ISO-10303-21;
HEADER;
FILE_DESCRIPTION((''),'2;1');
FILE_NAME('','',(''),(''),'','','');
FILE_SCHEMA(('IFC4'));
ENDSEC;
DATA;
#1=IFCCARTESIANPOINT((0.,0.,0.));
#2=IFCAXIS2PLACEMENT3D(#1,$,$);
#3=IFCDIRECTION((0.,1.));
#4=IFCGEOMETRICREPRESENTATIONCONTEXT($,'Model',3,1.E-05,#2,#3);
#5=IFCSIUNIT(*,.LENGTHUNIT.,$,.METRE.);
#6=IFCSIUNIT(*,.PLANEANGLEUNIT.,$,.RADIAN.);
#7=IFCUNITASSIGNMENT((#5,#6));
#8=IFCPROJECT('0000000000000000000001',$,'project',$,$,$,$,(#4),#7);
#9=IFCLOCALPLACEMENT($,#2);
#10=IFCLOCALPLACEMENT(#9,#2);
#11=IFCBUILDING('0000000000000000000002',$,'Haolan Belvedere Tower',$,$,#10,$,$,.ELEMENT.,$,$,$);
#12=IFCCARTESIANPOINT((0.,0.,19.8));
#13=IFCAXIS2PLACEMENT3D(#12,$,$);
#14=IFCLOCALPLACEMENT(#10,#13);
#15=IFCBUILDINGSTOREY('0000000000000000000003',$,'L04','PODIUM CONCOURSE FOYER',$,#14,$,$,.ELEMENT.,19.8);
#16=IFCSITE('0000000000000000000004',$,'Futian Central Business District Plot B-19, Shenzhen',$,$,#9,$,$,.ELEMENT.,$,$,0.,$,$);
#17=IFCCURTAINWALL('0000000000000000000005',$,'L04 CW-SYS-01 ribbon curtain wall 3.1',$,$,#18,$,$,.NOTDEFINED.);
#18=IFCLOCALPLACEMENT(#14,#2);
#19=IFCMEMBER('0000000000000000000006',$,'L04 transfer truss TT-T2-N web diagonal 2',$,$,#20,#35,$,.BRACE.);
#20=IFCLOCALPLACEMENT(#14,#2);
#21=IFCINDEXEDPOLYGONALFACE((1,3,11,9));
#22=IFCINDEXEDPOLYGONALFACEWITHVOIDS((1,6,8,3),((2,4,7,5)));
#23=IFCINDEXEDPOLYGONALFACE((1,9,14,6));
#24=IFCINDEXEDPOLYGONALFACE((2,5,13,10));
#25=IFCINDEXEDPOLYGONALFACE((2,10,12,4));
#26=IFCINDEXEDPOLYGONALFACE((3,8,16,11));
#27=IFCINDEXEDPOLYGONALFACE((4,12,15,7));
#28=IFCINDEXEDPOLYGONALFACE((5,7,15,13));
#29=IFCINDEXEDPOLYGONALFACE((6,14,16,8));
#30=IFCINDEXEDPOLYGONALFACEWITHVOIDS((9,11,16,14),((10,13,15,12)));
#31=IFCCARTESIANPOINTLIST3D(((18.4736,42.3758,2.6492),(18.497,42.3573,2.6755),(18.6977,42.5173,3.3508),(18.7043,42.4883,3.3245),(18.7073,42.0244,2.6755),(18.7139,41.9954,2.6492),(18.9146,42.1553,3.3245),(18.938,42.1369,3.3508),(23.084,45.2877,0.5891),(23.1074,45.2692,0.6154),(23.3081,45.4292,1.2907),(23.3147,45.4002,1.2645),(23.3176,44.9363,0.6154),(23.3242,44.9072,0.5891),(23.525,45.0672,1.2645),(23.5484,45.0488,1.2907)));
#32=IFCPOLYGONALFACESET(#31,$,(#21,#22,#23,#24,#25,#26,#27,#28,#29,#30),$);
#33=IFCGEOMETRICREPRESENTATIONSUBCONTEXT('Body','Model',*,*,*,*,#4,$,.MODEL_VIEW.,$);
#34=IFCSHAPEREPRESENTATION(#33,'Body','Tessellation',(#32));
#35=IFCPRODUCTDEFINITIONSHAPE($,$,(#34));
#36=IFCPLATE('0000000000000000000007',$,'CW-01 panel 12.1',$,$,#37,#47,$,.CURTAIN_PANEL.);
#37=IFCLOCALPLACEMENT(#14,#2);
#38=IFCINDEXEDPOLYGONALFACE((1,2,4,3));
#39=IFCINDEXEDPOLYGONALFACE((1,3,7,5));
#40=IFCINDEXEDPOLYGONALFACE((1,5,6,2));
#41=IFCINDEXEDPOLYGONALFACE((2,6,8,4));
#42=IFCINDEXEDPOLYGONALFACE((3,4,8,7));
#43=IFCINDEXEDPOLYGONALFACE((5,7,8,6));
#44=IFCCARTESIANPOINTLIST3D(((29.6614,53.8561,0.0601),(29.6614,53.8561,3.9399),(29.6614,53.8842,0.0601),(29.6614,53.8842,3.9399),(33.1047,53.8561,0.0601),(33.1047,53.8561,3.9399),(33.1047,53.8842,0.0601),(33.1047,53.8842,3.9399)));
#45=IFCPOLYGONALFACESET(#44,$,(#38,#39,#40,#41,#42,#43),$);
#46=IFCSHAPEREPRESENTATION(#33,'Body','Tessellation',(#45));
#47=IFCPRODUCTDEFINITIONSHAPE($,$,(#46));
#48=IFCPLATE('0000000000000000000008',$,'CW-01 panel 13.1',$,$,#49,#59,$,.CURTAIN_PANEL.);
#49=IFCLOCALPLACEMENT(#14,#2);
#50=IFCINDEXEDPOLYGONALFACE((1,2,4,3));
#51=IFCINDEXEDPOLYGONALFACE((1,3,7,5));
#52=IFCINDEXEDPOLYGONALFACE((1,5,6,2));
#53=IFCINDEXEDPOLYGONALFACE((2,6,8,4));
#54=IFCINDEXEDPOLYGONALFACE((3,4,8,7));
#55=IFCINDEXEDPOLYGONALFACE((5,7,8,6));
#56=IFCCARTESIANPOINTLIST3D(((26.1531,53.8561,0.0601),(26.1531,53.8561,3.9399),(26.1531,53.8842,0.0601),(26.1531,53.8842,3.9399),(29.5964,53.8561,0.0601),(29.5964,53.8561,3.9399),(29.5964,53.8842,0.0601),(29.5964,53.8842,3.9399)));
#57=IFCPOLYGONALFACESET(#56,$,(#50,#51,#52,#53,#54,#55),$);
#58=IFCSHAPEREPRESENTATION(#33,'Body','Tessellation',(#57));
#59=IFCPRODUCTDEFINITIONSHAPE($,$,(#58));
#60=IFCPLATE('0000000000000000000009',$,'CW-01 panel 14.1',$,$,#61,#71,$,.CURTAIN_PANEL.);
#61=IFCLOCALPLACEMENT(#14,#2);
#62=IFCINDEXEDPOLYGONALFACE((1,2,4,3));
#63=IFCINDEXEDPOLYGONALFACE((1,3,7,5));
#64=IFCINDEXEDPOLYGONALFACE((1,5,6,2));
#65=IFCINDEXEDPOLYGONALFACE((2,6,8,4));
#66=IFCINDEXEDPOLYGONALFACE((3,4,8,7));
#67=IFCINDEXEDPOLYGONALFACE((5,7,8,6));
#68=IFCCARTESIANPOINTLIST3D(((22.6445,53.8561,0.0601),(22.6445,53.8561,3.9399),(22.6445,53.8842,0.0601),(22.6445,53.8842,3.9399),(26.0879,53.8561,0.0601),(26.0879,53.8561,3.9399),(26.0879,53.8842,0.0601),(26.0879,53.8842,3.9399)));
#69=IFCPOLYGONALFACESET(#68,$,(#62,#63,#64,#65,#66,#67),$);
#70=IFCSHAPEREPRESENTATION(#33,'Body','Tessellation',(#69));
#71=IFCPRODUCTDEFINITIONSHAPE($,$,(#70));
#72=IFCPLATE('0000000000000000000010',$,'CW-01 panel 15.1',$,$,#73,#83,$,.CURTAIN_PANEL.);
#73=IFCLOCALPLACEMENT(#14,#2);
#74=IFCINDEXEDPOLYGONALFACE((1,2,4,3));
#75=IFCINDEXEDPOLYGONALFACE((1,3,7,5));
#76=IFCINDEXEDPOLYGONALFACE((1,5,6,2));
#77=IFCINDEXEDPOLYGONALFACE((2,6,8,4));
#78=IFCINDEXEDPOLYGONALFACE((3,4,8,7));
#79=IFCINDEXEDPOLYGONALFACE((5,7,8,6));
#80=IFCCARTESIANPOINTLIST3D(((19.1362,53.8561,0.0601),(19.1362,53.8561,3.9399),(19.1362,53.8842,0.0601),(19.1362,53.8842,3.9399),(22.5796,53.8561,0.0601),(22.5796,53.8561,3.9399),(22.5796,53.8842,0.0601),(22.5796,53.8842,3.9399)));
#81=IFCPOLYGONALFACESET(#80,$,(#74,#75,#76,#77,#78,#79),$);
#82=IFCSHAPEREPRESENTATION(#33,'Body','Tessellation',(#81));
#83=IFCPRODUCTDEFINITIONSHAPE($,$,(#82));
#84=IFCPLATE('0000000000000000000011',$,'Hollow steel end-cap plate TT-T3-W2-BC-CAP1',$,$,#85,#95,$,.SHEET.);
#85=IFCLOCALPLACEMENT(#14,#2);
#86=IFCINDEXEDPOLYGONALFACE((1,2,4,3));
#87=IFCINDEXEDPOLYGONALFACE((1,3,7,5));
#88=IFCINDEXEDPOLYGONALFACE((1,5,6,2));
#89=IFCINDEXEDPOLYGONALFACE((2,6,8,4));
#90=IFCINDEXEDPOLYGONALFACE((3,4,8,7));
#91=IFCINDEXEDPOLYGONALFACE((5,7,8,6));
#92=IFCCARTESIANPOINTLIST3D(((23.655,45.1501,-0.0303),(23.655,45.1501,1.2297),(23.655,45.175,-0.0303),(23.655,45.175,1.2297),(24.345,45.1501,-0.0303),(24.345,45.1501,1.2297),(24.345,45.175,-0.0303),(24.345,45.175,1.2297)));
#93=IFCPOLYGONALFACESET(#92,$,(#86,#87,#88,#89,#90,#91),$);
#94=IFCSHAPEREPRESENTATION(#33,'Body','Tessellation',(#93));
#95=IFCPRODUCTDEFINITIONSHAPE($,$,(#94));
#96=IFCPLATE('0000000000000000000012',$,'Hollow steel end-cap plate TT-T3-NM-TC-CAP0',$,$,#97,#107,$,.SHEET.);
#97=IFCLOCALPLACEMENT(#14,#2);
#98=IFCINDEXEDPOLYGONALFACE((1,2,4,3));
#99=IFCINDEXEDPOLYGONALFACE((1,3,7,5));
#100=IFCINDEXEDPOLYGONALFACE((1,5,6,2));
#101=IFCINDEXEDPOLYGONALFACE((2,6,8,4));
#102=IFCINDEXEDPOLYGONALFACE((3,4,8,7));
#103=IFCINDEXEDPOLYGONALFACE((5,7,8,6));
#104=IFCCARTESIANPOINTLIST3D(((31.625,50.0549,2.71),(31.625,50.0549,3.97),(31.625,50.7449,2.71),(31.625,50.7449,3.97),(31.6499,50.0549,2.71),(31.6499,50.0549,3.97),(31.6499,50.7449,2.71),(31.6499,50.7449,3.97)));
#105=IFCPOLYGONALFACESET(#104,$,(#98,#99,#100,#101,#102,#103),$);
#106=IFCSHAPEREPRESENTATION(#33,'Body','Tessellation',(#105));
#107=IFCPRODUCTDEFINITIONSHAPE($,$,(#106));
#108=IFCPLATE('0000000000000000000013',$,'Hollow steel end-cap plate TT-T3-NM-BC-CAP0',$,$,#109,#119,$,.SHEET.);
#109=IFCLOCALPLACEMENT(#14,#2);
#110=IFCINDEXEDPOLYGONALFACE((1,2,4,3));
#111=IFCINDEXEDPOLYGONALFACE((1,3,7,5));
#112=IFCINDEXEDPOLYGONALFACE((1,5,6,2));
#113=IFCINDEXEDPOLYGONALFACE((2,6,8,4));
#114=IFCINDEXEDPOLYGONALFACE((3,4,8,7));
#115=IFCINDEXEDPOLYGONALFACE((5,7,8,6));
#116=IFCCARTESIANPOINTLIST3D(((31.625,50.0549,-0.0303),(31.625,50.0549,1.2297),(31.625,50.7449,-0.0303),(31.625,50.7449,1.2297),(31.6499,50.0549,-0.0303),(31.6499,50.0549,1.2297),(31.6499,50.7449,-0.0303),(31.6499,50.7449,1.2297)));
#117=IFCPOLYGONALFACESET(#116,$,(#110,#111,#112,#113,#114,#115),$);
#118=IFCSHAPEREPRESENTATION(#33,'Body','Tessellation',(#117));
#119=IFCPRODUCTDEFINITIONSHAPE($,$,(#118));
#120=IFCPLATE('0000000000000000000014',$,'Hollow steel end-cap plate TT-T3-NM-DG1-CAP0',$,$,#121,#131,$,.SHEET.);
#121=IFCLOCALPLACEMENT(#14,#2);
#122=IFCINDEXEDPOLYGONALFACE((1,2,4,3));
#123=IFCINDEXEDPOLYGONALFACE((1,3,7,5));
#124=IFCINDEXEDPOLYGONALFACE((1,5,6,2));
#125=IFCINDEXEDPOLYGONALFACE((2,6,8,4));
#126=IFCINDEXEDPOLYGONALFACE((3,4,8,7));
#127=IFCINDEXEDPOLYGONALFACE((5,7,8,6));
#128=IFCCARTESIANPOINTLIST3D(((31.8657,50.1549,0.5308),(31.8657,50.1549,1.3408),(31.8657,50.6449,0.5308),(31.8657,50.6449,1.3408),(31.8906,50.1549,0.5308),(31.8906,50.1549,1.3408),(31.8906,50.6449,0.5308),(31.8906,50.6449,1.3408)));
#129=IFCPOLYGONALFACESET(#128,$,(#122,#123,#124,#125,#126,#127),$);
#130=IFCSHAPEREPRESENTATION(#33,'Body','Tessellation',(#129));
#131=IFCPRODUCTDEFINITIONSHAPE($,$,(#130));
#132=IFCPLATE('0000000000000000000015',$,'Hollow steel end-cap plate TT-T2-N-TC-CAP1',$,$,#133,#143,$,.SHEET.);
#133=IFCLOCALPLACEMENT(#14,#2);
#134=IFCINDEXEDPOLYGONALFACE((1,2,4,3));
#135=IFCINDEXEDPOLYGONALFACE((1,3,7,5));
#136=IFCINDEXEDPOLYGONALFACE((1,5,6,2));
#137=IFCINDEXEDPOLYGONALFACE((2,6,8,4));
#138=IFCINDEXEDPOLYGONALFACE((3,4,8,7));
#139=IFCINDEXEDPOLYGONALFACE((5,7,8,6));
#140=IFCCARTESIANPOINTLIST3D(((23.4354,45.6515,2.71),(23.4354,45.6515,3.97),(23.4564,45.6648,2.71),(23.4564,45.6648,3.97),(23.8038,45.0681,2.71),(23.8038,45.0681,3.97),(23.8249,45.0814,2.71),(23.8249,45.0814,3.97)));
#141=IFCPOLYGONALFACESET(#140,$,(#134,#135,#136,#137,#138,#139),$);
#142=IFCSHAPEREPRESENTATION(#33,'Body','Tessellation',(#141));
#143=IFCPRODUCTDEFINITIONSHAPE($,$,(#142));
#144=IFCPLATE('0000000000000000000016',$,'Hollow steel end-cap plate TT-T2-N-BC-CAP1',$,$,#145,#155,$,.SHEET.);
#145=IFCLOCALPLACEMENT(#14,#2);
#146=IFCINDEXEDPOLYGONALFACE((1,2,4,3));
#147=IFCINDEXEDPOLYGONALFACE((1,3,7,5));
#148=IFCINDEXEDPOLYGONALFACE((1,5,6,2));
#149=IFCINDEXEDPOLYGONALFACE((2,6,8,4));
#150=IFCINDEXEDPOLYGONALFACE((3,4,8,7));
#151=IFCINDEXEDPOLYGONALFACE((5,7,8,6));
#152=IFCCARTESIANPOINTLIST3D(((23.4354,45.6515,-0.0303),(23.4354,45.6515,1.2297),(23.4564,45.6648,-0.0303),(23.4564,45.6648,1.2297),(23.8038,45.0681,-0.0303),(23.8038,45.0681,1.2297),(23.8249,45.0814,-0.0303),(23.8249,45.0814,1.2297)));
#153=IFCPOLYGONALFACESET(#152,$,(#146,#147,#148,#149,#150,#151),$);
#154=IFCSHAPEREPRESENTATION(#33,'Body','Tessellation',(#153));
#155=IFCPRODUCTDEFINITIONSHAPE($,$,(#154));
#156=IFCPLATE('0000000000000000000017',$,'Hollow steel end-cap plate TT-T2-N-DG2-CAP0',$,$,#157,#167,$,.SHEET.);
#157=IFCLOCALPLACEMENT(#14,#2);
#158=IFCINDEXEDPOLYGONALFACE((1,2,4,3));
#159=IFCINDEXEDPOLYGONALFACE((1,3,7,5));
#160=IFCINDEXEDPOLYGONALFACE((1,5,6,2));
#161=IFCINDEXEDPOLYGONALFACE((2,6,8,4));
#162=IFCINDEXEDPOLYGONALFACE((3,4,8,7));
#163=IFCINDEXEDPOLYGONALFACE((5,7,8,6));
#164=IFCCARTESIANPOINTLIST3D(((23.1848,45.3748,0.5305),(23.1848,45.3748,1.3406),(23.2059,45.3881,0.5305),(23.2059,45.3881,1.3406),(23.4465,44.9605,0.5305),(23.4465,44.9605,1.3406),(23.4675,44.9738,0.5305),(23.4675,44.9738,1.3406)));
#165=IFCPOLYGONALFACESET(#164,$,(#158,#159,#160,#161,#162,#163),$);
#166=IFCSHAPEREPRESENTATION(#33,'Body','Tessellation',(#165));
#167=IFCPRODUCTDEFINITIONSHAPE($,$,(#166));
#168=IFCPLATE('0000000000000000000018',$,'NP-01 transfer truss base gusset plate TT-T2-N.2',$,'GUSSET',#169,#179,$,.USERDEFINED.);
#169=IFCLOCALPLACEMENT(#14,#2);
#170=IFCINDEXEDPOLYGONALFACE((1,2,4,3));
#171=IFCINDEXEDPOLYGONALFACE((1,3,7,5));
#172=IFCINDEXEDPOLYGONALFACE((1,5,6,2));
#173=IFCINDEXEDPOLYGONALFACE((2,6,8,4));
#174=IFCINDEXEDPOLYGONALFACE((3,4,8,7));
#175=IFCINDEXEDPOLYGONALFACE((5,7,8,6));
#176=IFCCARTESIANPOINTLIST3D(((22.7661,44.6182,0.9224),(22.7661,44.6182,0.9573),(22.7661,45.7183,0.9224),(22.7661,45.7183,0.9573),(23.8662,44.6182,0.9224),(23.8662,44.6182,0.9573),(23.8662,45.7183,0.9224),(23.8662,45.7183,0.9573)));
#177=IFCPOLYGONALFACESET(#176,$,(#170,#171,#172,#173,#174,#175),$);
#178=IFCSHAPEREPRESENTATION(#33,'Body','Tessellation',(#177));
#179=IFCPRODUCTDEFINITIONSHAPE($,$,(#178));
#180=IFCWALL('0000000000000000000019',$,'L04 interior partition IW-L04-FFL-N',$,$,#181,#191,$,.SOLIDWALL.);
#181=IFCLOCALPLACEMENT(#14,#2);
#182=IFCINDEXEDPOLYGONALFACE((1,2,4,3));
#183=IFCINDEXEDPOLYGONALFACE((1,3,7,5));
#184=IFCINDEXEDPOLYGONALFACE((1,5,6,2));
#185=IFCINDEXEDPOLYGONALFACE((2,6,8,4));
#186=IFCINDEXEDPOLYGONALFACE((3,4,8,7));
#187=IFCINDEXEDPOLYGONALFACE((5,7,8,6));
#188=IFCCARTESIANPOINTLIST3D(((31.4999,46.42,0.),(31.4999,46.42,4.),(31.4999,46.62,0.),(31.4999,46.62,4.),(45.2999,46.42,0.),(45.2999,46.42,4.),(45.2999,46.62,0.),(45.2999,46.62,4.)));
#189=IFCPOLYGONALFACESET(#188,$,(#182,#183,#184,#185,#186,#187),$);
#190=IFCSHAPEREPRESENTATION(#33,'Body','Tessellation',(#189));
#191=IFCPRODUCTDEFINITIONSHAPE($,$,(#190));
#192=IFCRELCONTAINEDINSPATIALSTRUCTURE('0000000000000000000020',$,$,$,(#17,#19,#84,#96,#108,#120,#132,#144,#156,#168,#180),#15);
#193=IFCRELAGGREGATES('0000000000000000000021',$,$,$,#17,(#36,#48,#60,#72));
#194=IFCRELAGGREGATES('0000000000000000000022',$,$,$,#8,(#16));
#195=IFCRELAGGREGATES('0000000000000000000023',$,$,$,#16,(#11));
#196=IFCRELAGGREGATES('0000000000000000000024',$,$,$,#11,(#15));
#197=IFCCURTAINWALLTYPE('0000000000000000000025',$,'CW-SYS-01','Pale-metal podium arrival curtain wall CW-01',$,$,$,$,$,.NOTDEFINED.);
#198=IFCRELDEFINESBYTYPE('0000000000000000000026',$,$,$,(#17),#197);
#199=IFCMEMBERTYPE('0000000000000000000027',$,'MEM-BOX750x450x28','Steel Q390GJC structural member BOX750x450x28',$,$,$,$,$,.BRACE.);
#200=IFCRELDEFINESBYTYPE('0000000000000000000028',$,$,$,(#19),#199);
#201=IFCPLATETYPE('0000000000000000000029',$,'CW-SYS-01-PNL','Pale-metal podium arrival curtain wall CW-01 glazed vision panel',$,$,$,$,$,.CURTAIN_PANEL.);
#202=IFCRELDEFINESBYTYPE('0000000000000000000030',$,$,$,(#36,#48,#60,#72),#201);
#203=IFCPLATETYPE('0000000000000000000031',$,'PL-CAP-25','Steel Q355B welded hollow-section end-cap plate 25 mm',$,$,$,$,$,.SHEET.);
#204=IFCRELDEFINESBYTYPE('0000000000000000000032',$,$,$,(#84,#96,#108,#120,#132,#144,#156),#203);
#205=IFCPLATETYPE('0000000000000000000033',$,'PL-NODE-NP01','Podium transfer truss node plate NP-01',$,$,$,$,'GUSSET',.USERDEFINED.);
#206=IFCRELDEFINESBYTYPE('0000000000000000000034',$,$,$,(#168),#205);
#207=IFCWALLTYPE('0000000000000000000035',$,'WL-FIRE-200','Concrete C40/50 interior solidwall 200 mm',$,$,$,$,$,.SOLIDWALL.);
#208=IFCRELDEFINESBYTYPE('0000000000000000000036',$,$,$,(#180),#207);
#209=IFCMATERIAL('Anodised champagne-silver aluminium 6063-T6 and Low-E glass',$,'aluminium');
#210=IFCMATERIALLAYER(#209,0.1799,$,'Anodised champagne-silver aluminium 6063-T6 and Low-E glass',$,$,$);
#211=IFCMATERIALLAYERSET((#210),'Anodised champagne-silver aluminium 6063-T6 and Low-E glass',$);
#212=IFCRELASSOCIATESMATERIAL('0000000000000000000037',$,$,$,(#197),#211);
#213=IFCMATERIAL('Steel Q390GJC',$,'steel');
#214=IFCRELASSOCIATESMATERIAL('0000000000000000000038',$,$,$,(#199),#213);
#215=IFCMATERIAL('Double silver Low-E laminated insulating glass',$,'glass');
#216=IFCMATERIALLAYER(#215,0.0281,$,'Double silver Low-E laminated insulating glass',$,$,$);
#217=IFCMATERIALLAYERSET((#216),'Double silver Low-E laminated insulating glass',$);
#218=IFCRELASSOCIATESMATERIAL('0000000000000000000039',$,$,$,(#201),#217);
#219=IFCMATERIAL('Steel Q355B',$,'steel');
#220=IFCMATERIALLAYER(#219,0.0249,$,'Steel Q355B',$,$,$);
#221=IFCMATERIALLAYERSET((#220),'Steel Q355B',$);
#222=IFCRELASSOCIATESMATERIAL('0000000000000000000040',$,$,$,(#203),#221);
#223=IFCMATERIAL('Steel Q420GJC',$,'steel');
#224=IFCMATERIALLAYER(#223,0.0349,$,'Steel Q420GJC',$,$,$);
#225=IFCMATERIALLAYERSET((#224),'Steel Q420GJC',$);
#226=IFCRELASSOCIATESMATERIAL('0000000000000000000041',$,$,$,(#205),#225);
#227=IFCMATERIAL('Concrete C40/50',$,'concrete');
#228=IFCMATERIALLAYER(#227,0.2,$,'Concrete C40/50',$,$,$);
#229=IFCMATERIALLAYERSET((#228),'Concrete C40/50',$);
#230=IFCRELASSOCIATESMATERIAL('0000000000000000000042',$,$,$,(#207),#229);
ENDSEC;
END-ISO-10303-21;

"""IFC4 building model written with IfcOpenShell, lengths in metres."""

from ifc_helpers import new_model, si_unit, direction, frame, frame_2d, origin, origin_2d, place, context, subcontext, project, spatial, rectangle, hollow_rectangle, extrude, material, layer, layer_set, material_profile, profile_set, type_object, element, aggregate, save


model = new_model("IFC4")

# Units and contexts
model_context = context("Model", 3, precision=1e-05, world=origin(), true_north=direction((0.0, 1.0)))
body_context = subcontext(model_context, "Body", "Model", "MODEL_VIEW")
ifc_project = project(units=[si_unit("LENGTHUNIT", "METRE"), si_unit("PLANEANGLEUNIT", "RADIAN")], contexts=[model_context])

# Site, building, storey
site_placement = place(None, origin())
site = spatial("IfcSite", under=ifc_project, at=site_placement, Name="Futian Central Business District Plot B-19, Shenzhen", CompositionType="ELEMENT", RefElevation=0.0)
building_placement = place(site_placement, origin())
building = spatial("IfcBuilding", under=site, at=building_placement, Name="Haolan Belvedere Tower", CompositionType="ELEMENT")
storey_placement = place(building_placement, frame((0.0, 0.0, 19.8)))
storey = spatial("IfcBuildingStorey", under=building, at=storey_placement, Name="L04", Description="PODIUM CONCOURSE FOYER", CompositionType="ELEMENT", Elevation=19.8)

# Shared definitions
ifc_material_1 = material(Name="Steel Q355B", Category="steel")

# Shared definitions
ifc_material_2 = material(Name="Steel Q420GJC", Category="steel")

# Curtain wall
ifc_material_3 = material(Name="Anodised champagne-silver aluminium 6063-T6 and Low-E glass", Category="aluminium")
ifc_layer_1 = layer(ifc_material_3, 0.1799, Name="Anodised champagne-silver aluminium 6063-T6 and Low-E glass")
ifc_layer_set_1 = layer_set([ifc_layer_1], Name="Anodised champagne-silver aluminium 6063-T6 and Low-E glass")
curtain_wall_type = type_object("IfcCurtainWallType", Name="CW-SYS-01", Description="Pale-metal podium arrival curtain wall CW-01", PredefinedType="NOTDEFINED", material=ifc_layer_set_1)
curtain_wall_placement = place(storey_placement, origin())
curtain_wall = element("IfcCurtainWall", 1, at=curtain_wall_placement, inside=storey, type_object=curtain_wall_type, Name="L04 CW-SYS-01 ribbon curtain wall 3.1", PredefinedType="NOTDEFINED")

# Member
ifc_material_4 = material(Name="Steel Q390GJC", Category="steel")
ifc_material_profile_1 = material_profile(ifc_material_4, hollow_rectangle(XDim=0.45, YDim=0.75, WallThickness=0.0281, at=origin_2d()), Name="Steel Q390GJC")
ifc_profile_set_1 = profile_set([ifc_material_profile_1], Name="Steel Q390GJC")
member_type_1 = type_object("IfcMemberType", Name="MEM-BOX750x450x28", Description="Steel Q390GJC structural member BOX750x450x28", PredefinedType="BRACE", material=ifc_profile_set_1)
member_1_placement = place(storey_placement, frame((23.3162, 45.1682, 0.9399), z_axis=(-0.790923, -0.499541, 0.353411), x_axis=(0.534001, -0.845484, 0.0)))
element("IfcMember", 2, at=member_1_placement, inside=storey, type_object=member_type_1, Name="L04 transfer truss TT-T2-N web diagonal 2", PredefinedType="BRACE", context=body_context, shape_type="SweptSolid", body=[
    extrude(hollow_rectangle(XDim=0.45, YDim=0.75, WallThickness=0.0281, at=origin_2d()), origin(), (0.0, 0.0, 1.0), 5.8291),
])

# Plates
ifc_material_5 = material(Name="Double silver Low-E laminated insulating glass", Category="glass")
ifc_layer_2 = layer(ifc_material_5, 0.0281, Name="Double silver Low-E laminated insulating glass")
ifc_layer_set_2 = layer_set([ifc_layer_2], Name="Double silver Low-E laminated insulating glass")
plate_type_1 = type_object("IfcPlateType", Name="CW-SYS-01-PNL", Description="Pale-metal podium arrival curtain wall CW-01 glazed vision panel", PredefinedType="CURTAIN_PANEL", material=ifc_layer_set_2)
plate_1_placement = place(storey_placement, frame((31.3831, 53.8701, 0.0601), z_axis=(0.0, 0.0, 1.0), x_axis=(-1.0, 0.0, 0.0)))
plate_1 = element("IfcPlate", 3, at=plate_1_placement, type_object=plate_type_1, Name="CW-01 panel 12.1", PredefinedType="CURTAIN_PANEL", context=body_context, shape_type="SweptSolid", body=[
    extrude(rectangle(XDim=3.4434, YDim=0.0281, at=origin_2d()), origin(), (0.0, 0.0, 1.0), 3.8799),
])
plate_2_placement = place(storey_placement, frame((27.8748, 53.8701, 0.0601), z_axis=(0.0, 0.0, 1.0), x_axis=(-1.0, 0.0, 0.0)))
plate_2 = element("IfcPlate", 4, at=plate_2_placement, type_object=plate_type_1, Name="CW-01 panel 13.1", PredefinedType="CURTAIN_PANEL", context=body_context, shape_type="SweptSolid", body=[
    extrude(rectangle(XDim=3.4434, YDim=0.0281, at=origin_2d()), origin(), (0.0, 0.0, 1.0), 3.8799),
])
plate_3_placement = place(storey_placement, frame((24.3662, 53.8701, 0.0601), z_axis=(0.0, 0.0, 1.0), x_axis=(-1.0, 0.0, 0.0)))
plate_3 = element("IfcPlate", 5, at=plate_3_placement, type_object=plate_type_1, Name="CW-01 panel 14.1", PredefinedType="CURTAIN_PANEL", context=body_context, shape_type="SweptSolid", body=[
    extrude(rectangle(XDim=3.4434, YDim=0.0281, at=origin_2d()), origin(), (0.0, 0.0, 1.0), 3.8799),
])
plate_4_placement = place(storey_placement, frame((20.8579, 53.8701, 0.0601), z_axis=(0.0, 0.0, 1.0), x_axis=(-1.0, 0.0, 0.0)))
plate_4 = element("IfcPlate", 6, at=plate_4_placement, type_object=plate_type_1, Name="CW-01 panel 15.1", PredefinedType="CURTAIN_PANEL", context=body_context, shape_type="SweptSolid", body=[
    extrude(rectangle(XDim=3.4434, YDim=0.0281, at=origin_2d()), origin(), (0.0, 0.0, 1.0), 3.8799),
])
aggregate(curtain_wall, [plate_1, plate_2, plate_3, plate_4])

# Plates
ifc_layer_3 = layer(ifc_material_1, 0.0249, Name="Steel Q355B")
ifc_layer_set_3 = layer_set([ifc_layer_3], Name="Steel Q355B")
plate_type_2 = type_object("IfcPlateType", Name="PL-CAP-25", Description="Steel Q355B welded hollow-section end-cap plate 25 mm", PredefinedType="SHEET", material=ifc_layer_set_3)
for number, where, z_axis, x_axis, name in (
    (7, (24.0, 45.1626, -0.0303), (0.0, 0.0, 1.0), (-1.0, 0.0, 0.0), "Hollow steel end-cap plate TT-T3-W2-BC-CAP1"),
    (8, (31.6375, 50.3999, 2.71), (0.0, 0.0, 1.0), (0.0, -1.0, 0.0), "Hollow steel end-cap plate TT-T3-NM-TC-CAP0"),
    (9, (31.6375, 50.3999, -0.0303), (0.0, 0.0, 1.0), (0.0, -1.0, 0.0), "Hollow steel end-cap plate TT-T3-NM-BC-CAP0"),
):
    element("IfcPlate", number, at=place(storey_placement, frame(where, z_axis=z_axis, x_axis=x_axis)), inside=storey, type_object=plate_type_2, Name=name, PredefinedType="SHEET", context=body_context, shape_type="SweptSolid", body=[
        extrude(rectangle(XDim=0.6899, YDim=0.0249, at=origin_2d()), origin(), (0.0, 0.0, 1.0), 1.26),
    ])
plate_5_placement = place(storey_placement, frame((31.8782, 50.3999, 0.5308), z_axis=(0.0, 0.0, 1.0), x_axis=(0.0, -1.0, 0.0)))
element("IfcPlate", 10, at=plate_5_placement, inside=storey, type_object=plate_type_2, Name="Hollow steel end-cap plate TT-T3-NM-DG1-CAP0", PredefinedType="SHEET", context=body_context, shape_type="SweptSolid", body=[
    extrude(rectangle(XDim=0.49, YDim=0.0249, at=origin_2d()), origin(), (0.0, 0.0, 1.0), 0.8101),
])
for number, where, z_axis, x_axis, name in (
    (11, (23.6301, 45.3665, 2.71), (0.0, 0.0, 1.0), (-0.533998, 0.845486, 0.0), "Hollow steel end-cap plate TT-T2-N-TC-CAP1"),
    (12, (23.6301, 45.3665, -0.0303), (0.0, 0.0, 1.0), (-0.533998, 0.845486, 0.0), "Hollow steel end-cap plate TT-T2-N-BC-CAP1"),
):
    element("IfcPlate", number, at=place(storey_placement, frame(where, z_axis=z_axis, x_axis=x_axis)), inside=storey, type_object=plate_type_2, Name=name, PredefinedType="SHEET", context=body_context, shape_type="SweptSolid", body=[
        extrude(rectangle(XDim=0.6899, YDim=0.0249, at=origin_2d()), origin(), (0.0, 0.0, 1.0), 1.26),
    ])
plate_6_placement = place(storey_placement, frame((23.3262, 45.1743, 0.5305), z_axis=(0.0, 0.0, 1.0), x_axis=(-0.533983, 0.845495, 0.0)))
element("IfcPlate", 13, at=plate_6_placement, inside=storey, type_object=plate_type_2, Name="Hollow steel end-cap plate TT-T2-N-DG2-CAP0", PredefinedType="SHEET", context=body_context, shape_type="SweptSolid", body=[
    extrude(rectangle(XDim=0.49, YDim=0.0249, at=origin_2d()), origin(), (0.0, 0.0, 1.0), 0.8101),
])
ifc_layer_4 = layer(ifc_material_2, 0.0349, Name="Steel Q420GJC")
ifc_layer_set_4 = layer_set([ifc_layer_4], Name="Steel Q420GJC")
plate_type_3 = type_object("IfcPlateType", Name="PL-NODE-NP01", Description="Podium transfer truss node plate NP-01", ElementType="GUSSET", PredefinedType="USERDEFINED", material=ifc_layer_set_4)
plate_7_placement = place(storey_placement, frame((23.3162, 45.1682, 0.9224), z_axis=(0.0, 0.0, 1.0), x_axis=(1.0, 0.0, 0.0)))
element("IfcPlate", 14, at=plate_7_placement, inside=storey, type_object=plate_type_3, Name="NP-01 transfer truss base gusset plate TT-T2-N.2", ObjectType="GUSSET", PredefinedType="USERDEFINED", context=body_context, shape_type="SweptSolid", body=[
    extrude(rectangle(XDim=1.1001, YDim=1.1001, at=origin_2d()), origin(), (0.0, 0.0, 1.0), 0.0349),
])

# Wall
ifc_material_6 = material(Name="Concrete C40/50", Category="concrete")
ifc_layer_5 = layer(ifc_material_6, 0.2, Name="Concrete C40/50")
ifc_layer_set_5 = layer_set([ifc_layer_5], Name="Concrete C40/50")
wall_type_1 = type_object("IfcWallType", Name="WL-FIRE-200", Description="Concrete C40/50 interior solidwall 200 mm", PredefinedType="SOLIDWALL", material=ifc_layer_set_5)
wall_1_placement = place(storey_placement, frame((31.5, 46.52, 0.0), z_axis=(0.0, 0.0, 1.0), x_axis=(1.0, 0.0, 0.0)))
element("IfcWall", 15, at=wall_1_placement, inside=storey, type_object=wall_type_1, Name="L04 interior partition IW-L04-FFL-N", PredefinedType="SOLIDWALL", context=body_context, shape_type="SweptSolid", body=[
    extrude(rectangle(XDim=13.8, YDim=0.2, at=frame_2d((6.8999, 0.0))), origin(), (0.0, 0.0, 1.0), 4.0),
])

save(model, "model.ifc")
